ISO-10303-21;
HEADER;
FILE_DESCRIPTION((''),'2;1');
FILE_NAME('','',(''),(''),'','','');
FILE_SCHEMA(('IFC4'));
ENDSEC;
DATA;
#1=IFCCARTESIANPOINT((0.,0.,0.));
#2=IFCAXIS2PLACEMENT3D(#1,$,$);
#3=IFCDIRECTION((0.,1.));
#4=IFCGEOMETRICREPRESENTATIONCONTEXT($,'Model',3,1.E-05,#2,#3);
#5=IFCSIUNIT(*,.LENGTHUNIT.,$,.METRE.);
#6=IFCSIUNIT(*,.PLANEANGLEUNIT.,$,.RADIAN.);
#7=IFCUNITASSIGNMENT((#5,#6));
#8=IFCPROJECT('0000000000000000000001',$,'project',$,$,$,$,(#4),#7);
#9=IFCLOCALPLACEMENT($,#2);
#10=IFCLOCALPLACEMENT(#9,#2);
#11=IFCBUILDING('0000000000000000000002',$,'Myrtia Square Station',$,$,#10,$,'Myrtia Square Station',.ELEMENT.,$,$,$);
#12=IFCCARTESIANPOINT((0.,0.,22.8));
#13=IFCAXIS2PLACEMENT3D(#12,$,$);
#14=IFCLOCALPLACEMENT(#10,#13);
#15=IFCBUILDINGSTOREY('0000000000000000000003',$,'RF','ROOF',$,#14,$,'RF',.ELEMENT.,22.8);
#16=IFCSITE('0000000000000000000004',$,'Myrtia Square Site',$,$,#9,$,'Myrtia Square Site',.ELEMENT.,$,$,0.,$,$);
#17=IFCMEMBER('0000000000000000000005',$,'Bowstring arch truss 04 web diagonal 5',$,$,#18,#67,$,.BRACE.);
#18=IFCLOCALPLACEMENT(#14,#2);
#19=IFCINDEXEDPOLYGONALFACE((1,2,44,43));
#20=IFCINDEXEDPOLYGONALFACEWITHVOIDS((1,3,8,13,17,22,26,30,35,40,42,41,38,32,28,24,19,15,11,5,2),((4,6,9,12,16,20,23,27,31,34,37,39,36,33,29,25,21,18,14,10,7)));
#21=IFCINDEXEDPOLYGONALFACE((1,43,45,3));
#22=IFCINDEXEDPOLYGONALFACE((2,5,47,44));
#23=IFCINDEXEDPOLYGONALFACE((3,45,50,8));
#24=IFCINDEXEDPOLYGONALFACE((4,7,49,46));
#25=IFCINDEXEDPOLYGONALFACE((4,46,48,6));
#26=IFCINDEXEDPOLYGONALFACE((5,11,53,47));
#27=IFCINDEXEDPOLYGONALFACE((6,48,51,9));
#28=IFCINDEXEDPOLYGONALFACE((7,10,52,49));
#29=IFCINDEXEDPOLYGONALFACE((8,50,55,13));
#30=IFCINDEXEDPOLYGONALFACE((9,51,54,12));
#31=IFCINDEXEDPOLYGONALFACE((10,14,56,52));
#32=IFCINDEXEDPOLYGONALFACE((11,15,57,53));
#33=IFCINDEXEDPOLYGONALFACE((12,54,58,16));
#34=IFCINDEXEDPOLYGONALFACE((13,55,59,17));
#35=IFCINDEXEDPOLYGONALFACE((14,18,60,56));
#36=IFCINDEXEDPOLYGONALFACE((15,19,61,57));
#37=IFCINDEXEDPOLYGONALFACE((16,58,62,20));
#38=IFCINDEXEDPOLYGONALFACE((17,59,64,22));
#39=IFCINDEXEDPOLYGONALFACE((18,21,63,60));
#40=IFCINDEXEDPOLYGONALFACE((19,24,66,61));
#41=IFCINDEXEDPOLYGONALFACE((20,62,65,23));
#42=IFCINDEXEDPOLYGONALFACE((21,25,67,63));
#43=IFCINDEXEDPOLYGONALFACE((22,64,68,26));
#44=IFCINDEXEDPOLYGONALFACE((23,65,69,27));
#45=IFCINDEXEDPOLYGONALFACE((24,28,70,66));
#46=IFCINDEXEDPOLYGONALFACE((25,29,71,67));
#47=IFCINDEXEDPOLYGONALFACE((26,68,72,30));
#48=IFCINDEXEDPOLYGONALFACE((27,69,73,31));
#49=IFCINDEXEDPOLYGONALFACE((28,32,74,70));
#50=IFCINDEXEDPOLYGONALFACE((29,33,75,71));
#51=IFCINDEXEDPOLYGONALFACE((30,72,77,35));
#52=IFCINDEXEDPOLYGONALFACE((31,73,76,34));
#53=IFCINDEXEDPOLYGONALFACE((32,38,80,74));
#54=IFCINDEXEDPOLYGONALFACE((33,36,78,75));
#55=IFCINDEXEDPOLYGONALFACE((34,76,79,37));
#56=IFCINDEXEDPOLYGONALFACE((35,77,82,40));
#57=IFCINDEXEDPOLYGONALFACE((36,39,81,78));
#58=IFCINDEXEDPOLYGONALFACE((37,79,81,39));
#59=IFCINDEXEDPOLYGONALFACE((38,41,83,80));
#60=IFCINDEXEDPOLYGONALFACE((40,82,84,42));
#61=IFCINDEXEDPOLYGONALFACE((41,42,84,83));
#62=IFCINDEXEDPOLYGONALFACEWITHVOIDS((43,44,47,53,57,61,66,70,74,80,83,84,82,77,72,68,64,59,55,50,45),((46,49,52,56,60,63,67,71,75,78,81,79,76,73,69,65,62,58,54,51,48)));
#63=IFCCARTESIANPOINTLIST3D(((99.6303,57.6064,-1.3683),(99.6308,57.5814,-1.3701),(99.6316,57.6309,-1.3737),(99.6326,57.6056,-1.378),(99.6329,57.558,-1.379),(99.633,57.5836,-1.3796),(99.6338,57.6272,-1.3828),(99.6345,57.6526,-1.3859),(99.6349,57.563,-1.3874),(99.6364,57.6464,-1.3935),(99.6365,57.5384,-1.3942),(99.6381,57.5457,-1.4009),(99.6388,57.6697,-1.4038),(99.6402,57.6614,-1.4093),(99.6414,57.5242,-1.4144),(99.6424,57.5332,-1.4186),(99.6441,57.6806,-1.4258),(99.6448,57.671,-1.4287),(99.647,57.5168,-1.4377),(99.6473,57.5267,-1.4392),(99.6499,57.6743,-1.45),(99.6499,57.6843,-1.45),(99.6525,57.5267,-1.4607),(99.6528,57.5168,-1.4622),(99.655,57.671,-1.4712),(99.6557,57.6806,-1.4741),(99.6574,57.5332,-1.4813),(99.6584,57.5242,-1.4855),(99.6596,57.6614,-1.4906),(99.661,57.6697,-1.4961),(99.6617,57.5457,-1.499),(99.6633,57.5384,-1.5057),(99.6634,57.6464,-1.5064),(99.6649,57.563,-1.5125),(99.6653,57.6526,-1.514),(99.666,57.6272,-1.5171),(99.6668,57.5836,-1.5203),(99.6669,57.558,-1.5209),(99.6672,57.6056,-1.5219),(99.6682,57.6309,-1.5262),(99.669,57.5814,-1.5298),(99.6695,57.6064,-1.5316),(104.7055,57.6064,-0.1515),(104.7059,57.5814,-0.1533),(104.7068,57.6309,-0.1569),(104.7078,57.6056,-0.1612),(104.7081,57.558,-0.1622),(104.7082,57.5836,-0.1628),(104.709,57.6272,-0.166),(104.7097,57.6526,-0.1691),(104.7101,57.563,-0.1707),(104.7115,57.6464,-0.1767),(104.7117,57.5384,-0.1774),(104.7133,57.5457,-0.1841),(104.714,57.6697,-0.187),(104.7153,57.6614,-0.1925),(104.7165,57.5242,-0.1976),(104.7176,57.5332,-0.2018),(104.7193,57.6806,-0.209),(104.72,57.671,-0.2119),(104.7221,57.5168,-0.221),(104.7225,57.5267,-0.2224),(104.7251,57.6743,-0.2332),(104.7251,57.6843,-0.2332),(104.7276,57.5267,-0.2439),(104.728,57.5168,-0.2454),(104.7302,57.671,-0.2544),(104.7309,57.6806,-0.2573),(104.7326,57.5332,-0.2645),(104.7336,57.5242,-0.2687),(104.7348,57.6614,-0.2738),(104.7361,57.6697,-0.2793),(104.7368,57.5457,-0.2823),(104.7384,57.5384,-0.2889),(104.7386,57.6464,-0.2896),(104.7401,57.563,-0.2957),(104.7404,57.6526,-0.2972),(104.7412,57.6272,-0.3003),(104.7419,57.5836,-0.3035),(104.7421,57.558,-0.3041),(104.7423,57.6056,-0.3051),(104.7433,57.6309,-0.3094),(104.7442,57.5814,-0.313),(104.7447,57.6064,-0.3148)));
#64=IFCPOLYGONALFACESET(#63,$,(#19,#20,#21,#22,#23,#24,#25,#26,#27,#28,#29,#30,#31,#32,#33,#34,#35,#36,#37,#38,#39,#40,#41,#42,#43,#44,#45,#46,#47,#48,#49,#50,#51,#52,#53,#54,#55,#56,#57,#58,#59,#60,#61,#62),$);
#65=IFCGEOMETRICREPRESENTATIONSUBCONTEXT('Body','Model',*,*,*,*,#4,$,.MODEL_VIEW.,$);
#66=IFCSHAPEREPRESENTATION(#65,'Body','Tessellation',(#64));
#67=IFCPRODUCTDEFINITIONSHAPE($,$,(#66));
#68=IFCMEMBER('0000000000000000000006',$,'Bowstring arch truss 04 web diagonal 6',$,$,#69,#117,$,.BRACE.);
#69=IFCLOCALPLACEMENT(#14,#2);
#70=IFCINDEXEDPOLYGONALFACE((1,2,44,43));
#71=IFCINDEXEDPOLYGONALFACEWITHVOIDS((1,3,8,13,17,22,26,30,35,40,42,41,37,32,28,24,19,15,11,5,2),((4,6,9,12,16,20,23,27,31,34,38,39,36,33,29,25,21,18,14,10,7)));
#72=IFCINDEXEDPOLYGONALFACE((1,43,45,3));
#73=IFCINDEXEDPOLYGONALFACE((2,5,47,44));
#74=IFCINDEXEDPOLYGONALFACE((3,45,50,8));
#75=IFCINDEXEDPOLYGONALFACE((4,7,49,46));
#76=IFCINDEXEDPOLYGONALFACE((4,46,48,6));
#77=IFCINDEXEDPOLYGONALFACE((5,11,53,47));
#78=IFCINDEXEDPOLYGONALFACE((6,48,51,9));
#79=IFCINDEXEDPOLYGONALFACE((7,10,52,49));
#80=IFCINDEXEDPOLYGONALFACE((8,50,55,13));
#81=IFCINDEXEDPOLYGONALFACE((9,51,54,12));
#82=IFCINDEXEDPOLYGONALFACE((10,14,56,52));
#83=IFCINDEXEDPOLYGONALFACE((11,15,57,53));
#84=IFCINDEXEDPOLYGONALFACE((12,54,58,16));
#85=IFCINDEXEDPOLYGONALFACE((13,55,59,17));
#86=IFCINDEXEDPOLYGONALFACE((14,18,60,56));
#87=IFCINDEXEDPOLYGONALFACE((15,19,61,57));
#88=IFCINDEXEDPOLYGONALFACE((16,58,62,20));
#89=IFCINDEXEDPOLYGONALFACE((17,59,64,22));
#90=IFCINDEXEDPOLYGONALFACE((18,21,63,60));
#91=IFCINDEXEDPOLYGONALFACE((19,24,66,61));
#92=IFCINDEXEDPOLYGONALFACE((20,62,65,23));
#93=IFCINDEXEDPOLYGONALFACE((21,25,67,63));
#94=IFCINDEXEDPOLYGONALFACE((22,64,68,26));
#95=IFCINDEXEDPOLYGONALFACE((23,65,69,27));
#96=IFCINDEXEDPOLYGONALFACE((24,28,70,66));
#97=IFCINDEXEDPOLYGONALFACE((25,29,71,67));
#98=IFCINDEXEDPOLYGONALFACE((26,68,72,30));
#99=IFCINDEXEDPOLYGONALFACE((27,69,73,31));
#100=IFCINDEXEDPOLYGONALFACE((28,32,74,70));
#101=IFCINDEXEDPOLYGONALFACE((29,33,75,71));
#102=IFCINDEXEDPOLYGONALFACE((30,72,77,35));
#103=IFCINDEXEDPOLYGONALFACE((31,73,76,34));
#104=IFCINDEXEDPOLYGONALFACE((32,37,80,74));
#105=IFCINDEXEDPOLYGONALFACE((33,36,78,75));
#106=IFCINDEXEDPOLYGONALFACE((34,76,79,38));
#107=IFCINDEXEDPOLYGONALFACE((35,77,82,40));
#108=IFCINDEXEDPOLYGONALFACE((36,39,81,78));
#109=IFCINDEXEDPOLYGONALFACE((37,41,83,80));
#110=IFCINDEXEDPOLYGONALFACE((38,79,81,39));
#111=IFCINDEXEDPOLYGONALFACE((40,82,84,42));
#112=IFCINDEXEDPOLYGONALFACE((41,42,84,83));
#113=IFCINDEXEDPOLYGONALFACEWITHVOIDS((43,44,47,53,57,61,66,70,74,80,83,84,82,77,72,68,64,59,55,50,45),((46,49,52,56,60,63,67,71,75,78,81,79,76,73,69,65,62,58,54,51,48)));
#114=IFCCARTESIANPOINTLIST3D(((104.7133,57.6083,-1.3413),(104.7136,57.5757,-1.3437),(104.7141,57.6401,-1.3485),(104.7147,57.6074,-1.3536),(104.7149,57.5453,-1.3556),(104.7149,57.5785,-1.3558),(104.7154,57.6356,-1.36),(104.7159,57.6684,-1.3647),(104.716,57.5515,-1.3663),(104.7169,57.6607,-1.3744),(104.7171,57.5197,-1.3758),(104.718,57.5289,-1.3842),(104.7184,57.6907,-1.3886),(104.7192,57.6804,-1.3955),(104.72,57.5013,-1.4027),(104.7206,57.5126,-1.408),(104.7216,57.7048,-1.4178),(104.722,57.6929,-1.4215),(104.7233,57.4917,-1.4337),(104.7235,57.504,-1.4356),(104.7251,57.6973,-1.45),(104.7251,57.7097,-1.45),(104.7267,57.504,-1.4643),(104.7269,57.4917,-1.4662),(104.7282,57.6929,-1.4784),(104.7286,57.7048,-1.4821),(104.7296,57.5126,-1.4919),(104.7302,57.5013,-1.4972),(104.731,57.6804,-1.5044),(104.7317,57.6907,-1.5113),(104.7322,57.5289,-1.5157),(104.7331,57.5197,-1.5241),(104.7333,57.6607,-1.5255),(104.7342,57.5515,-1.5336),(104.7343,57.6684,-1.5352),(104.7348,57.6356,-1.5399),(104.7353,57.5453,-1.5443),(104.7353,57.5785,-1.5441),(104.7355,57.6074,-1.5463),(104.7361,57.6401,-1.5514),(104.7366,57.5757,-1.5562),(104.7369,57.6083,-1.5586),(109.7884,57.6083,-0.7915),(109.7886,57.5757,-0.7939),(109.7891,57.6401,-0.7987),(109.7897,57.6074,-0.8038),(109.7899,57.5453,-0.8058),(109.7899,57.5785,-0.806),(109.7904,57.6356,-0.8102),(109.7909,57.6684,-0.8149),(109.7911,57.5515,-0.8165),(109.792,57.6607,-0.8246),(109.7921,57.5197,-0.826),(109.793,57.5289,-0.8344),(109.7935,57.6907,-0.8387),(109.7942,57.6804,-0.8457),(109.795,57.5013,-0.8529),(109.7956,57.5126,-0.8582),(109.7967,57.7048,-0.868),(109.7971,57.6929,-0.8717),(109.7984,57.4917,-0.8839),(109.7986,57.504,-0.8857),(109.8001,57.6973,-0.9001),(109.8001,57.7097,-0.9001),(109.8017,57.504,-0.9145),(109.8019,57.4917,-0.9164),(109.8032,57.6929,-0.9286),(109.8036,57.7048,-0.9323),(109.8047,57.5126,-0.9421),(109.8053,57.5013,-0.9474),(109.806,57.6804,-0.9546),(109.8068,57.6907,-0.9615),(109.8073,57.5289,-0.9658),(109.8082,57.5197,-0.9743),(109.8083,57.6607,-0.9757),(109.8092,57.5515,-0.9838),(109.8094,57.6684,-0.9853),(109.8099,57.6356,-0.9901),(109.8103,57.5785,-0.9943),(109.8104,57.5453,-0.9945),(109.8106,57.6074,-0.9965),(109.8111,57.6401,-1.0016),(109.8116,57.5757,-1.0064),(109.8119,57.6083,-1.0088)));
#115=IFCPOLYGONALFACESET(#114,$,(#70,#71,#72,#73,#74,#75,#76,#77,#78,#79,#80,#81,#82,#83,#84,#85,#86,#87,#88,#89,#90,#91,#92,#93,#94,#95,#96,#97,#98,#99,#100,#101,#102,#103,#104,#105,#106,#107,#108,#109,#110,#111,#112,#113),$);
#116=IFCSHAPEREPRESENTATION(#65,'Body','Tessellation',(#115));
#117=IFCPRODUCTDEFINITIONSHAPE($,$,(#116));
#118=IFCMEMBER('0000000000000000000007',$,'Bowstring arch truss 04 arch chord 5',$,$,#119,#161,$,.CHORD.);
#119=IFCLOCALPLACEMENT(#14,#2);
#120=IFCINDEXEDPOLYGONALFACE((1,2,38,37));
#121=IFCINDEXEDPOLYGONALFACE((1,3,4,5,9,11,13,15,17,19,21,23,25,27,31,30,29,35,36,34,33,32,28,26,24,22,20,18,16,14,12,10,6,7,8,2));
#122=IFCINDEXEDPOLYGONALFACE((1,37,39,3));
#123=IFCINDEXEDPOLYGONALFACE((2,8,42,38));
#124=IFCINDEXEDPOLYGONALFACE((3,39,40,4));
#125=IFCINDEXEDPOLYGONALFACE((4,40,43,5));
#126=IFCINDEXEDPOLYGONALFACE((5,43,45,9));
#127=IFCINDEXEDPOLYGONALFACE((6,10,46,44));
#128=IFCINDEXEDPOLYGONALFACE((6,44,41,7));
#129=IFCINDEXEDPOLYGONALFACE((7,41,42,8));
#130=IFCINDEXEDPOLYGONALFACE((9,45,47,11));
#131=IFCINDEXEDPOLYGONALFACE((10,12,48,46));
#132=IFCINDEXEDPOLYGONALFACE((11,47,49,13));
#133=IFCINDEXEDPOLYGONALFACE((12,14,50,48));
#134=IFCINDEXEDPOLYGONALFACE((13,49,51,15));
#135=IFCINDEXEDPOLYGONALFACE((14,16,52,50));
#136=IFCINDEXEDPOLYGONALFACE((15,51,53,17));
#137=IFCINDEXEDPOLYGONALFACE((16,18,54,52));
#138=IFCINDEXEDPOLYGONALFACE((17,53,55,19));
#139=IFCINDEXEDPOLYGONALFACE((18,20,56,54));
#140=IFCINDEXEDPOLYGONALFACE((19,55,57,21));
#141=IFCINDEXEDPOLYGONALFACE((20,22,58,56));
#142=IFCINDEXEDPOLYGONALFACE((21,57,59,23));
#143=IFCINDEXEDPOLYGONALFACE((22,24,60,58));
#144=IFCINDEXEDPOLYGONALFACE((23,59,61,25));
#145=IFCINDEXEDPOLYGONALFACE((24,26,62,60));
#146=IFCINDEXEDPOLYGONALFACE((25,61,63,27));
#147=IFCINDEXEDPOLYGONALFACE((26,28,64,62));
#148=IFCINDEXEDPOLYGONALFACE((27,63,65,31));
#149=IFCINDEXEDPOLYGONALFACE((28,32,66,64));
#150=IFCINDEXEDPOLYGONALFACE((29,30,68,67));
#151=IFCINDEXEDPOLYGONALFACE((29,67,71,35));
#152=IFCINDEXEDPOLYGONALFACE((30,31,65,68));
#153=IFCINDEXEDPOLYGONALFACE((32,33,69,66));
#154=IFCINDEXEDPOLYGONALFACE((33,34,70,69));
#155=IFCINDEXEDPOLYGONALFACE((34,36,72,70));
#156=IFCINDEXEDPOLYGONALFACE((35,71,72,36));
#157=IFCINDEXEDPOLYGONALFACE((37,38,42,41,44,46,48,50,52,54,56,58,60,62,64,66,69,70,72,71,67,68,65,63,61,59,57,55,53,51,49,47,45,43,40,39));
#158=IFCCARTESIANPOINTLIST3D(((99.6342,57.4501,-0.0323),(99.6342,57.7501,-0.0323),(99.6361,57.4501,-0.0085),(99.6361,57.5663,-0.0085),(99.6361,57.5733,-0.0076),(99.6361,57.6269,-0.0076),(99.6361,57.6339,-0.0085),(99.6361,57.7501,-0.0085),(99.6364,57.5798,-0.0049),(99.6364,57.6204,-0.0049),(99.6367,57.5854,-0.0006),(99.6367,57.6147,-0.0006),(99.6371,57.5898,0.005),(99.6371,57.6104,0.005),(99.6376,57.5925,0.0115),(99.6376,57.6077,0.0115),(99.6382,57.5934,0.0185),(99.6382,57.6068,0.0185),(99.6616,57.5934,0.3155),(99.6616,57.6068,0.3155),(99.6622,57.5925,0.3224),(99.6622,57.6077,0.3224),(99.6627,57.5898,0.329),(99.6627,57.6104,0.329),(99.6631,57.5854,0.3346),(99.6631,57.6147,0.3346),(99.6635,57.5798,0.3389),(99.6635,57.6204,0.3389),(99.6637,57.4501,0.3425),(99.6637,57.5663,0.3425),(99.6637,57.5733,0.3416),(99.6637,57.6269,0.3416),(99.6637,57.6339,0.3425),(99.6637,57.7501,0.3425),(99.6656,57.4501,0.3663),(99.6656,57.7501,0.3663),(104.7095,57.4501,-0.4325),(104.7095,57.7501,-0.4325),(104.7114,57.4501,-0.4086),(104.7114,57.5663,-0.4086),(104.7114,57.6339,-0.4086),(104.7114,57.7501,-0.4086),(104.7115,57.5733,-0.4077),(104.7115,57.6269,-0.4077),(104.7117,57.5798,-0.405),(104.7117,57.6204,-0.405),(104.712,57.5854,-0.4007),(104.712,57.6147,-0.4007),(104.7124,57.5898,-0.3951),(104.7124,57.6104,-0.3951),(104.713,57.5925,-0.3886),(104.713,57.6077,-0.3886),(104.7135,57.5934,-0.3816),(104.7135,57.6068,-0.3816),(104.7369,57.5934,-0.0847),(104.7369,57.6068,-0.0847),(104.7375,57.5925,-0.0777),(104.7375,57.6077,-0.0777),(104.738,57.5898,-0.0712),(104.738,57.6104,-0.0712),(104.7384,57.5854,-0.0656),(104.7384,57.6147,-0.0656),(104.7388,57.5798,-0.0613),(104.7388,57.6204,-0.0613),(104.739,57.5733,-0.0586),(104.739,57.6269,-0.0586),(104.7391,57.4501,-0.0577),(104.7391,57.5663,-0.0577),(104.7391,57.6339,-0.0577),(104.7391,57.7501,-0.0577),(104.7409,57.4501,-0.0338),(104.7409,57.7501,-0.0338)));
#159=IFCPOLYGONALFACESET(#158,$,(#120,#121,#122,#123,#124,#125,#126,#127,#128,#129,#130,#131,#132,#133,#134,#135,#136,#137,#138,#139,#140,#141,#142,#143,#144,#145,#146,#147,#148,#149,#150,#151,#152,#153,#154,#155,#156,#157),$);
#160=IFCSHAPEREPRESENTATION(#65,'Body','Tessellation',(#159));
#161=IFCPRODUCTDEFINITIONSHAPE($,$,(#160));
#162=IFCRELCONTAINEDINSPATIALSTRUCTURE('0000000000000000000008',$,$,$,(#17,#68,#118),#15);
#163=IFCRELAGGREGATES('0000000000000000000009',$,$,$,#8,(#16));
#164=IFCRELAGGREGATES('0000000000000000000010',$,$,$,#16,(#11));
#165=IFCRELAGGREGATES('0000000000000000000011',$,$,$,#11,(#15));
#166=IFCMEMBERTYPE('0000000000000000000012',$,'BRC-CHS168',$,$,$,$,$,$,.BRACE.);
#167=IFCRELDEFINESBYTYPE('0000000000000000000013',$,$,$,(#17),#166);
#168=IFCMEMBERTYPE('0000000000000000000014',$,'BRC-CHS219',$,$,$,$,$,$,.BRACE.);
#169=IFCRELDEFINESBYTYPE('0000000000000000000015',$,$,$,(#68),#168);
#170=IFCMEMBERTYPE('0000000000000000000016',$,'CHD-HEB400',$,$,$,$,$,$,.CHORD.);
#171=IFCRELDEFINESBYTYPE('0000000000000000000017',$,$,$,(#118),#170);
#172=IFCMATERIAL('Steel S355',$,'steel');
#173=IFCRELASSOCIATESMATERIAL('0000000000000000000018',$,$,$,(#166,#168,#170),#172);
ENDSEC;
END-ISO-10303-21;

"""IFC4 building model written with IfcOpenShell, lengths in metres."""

from ifc_helpers import new_model, si_unit, direction, frame, origin, origin_2d, place, context, subcontext, project, spatial, hollow_circle, i_section, extrude, material, material_profile, profile_set, type_object, element, save


model = new_model("IFC4")

# Units and contexts
model_context = context("Model", 3, precision=1e-05, world=origin(), true_north=direction((0.0, 1.0)))
body_context = subcontext(model_context, "Body", "Model", "MODEL_VIEW")
ifc_project = project(units=[si_unit("LENGTHUNIT", "METRE"), si_unit("PLANEANGLEUNIT", "RADIAN")], contexts=[model_context])

# Site, building, storey
site_placement = place(None, origin())
site = spatial("IfcSite", under=ifc_project, at=site_placement, Name="Myrtia Square Site", LongName="Myrtia Square Site", CompositionType="ELEMENT", RefElevation=0.0)
building_placement = place(site_placement, origin())
building = spatial("IfcBuilding", under=site, at=building_placement, Name="Myrtia Square Station", LongName="Myrtia Square Station", CompositionType="ELEMENT")
storey_placement = place(building_placement, frame((0.0, 0.0, 22.8)))
storey = spatial("IfcBuildingStorey", under=building, at=storey_placement, Name="RF", Description="ROOF", LongName="RF", CompositionType="ELEMENT", Elevation=22.8)

# Members
ifc_material_1 = material(Name="Steel S355", Category="steel")
ifc_material_profile_1 = material_profile(ifc_material_1, hollow_circle(Radius=0.0842, WallThickness=0.01, at=origin_2d()), Name="CHS 168.3x10")
ifc_profile_set_1 = profile_set([ifc_material_profile_1], Name="Steel S355")
member_type_1 = type_object("IfcMemberType", Name="BRC-CHS168", PredefinedType="BRACE", material=ifc_profile_set_1)
member_1_placement = place(storey_placement, frame((99.6499, 57.6001, -1.45), z_axis=(0.972442, 0.0, 0.233146), x_axis=(0.0, 1.0, 0.0)))
element("IfcMember", 1, at=member_1_placement, inside=storey, type_object=member_type_1, Name="Bowstring arch truss 04 web diagonal 5", PredefinedType="BRACE", context=body_context, shape_type="SweptSolid", body=[
    extrude(hollow_circle(Radius=0.0842, WallThickness=0.01, at=origin_2d()), origin(), (0.0, 0.0, 1.0), 5.219),
])
ifc_material_profile_2 = material_profile(ifc_material_1, hollow_circle(Radius=0.1096, WallThickness=0.0125, at=origin_2d()), Name="CHS 219.1x12.5")
ifc_profile_set_2 = profile_set([ifc_material_profile_2], Name="Steel S355")
member_type_2 = type_object("IfcMemberType", Name="BRC-CHS219", PredefinedType="BRACE", material=ifc_profile_set_2)
member_2_placement = place(storey_placement, frame((104.7251, 57.6001, -1.45), z_axis=(0.994183, 0.0, 0.107707), x_axis=(0.0, 1.0, 0.0)))
element("IfcMember", 2, at=member_2_placement, inside=storey, type_object=member_type_2, Name="Bowstring arch truss 04 web diagonal 6", PredefinedType="BRACE", context=body_context, shape_type="SweptSolid", body=[
    extrude(hollow_circle(Radius=0.1096, WallThickness=0.0125, at=origin_2d()), origin(), (0.0, 0.0, 1.0), 5.1047),
])
ifc_material_profile_3 = material_profile(ifc_material_1, i_section(OverallWidth=0.3, OverallDepth=0.3999, WebThickness=0.0134, FlangeThickness=0.0239, FilletRadius=0.0271, at=origin_2d()), Name="HEB 400")
ifc_profile_set_3 = profile_set([ifc_material_profile_3], Name="Steel S355")
member_type_3 = type_object("IfcMemberType", Name="CHD-HEB400", PredefinedType="CHORD", material=ifc_profile_set_3)
member_3_placement = place(storey_placement, frame((99.6499, 57.6001, 0.167), z_axis=(0.996906, 0.0, -0.0786), x_axis=(0.0, 1.0, 0.0)))
element("IfcMember", 3, at=member_3_placement, inside=storey, type_object=member_type_3, Name="Bowstring arch truss 04 arch chord 5", PredefinedType="CHORD", context=body_context, shape_type="SweptSolid", body=[
    extrude(i_section(OverallWidth=0.3, OverallDepth=0.3999, WebThickness=0.0134, FlangeThickness=0.0239, FilletRadius=0.0271, at=origin_2d()), origin(), (0.0, 0.0, 1.0), 5.0911),
])

save(model, "model.ifc")
